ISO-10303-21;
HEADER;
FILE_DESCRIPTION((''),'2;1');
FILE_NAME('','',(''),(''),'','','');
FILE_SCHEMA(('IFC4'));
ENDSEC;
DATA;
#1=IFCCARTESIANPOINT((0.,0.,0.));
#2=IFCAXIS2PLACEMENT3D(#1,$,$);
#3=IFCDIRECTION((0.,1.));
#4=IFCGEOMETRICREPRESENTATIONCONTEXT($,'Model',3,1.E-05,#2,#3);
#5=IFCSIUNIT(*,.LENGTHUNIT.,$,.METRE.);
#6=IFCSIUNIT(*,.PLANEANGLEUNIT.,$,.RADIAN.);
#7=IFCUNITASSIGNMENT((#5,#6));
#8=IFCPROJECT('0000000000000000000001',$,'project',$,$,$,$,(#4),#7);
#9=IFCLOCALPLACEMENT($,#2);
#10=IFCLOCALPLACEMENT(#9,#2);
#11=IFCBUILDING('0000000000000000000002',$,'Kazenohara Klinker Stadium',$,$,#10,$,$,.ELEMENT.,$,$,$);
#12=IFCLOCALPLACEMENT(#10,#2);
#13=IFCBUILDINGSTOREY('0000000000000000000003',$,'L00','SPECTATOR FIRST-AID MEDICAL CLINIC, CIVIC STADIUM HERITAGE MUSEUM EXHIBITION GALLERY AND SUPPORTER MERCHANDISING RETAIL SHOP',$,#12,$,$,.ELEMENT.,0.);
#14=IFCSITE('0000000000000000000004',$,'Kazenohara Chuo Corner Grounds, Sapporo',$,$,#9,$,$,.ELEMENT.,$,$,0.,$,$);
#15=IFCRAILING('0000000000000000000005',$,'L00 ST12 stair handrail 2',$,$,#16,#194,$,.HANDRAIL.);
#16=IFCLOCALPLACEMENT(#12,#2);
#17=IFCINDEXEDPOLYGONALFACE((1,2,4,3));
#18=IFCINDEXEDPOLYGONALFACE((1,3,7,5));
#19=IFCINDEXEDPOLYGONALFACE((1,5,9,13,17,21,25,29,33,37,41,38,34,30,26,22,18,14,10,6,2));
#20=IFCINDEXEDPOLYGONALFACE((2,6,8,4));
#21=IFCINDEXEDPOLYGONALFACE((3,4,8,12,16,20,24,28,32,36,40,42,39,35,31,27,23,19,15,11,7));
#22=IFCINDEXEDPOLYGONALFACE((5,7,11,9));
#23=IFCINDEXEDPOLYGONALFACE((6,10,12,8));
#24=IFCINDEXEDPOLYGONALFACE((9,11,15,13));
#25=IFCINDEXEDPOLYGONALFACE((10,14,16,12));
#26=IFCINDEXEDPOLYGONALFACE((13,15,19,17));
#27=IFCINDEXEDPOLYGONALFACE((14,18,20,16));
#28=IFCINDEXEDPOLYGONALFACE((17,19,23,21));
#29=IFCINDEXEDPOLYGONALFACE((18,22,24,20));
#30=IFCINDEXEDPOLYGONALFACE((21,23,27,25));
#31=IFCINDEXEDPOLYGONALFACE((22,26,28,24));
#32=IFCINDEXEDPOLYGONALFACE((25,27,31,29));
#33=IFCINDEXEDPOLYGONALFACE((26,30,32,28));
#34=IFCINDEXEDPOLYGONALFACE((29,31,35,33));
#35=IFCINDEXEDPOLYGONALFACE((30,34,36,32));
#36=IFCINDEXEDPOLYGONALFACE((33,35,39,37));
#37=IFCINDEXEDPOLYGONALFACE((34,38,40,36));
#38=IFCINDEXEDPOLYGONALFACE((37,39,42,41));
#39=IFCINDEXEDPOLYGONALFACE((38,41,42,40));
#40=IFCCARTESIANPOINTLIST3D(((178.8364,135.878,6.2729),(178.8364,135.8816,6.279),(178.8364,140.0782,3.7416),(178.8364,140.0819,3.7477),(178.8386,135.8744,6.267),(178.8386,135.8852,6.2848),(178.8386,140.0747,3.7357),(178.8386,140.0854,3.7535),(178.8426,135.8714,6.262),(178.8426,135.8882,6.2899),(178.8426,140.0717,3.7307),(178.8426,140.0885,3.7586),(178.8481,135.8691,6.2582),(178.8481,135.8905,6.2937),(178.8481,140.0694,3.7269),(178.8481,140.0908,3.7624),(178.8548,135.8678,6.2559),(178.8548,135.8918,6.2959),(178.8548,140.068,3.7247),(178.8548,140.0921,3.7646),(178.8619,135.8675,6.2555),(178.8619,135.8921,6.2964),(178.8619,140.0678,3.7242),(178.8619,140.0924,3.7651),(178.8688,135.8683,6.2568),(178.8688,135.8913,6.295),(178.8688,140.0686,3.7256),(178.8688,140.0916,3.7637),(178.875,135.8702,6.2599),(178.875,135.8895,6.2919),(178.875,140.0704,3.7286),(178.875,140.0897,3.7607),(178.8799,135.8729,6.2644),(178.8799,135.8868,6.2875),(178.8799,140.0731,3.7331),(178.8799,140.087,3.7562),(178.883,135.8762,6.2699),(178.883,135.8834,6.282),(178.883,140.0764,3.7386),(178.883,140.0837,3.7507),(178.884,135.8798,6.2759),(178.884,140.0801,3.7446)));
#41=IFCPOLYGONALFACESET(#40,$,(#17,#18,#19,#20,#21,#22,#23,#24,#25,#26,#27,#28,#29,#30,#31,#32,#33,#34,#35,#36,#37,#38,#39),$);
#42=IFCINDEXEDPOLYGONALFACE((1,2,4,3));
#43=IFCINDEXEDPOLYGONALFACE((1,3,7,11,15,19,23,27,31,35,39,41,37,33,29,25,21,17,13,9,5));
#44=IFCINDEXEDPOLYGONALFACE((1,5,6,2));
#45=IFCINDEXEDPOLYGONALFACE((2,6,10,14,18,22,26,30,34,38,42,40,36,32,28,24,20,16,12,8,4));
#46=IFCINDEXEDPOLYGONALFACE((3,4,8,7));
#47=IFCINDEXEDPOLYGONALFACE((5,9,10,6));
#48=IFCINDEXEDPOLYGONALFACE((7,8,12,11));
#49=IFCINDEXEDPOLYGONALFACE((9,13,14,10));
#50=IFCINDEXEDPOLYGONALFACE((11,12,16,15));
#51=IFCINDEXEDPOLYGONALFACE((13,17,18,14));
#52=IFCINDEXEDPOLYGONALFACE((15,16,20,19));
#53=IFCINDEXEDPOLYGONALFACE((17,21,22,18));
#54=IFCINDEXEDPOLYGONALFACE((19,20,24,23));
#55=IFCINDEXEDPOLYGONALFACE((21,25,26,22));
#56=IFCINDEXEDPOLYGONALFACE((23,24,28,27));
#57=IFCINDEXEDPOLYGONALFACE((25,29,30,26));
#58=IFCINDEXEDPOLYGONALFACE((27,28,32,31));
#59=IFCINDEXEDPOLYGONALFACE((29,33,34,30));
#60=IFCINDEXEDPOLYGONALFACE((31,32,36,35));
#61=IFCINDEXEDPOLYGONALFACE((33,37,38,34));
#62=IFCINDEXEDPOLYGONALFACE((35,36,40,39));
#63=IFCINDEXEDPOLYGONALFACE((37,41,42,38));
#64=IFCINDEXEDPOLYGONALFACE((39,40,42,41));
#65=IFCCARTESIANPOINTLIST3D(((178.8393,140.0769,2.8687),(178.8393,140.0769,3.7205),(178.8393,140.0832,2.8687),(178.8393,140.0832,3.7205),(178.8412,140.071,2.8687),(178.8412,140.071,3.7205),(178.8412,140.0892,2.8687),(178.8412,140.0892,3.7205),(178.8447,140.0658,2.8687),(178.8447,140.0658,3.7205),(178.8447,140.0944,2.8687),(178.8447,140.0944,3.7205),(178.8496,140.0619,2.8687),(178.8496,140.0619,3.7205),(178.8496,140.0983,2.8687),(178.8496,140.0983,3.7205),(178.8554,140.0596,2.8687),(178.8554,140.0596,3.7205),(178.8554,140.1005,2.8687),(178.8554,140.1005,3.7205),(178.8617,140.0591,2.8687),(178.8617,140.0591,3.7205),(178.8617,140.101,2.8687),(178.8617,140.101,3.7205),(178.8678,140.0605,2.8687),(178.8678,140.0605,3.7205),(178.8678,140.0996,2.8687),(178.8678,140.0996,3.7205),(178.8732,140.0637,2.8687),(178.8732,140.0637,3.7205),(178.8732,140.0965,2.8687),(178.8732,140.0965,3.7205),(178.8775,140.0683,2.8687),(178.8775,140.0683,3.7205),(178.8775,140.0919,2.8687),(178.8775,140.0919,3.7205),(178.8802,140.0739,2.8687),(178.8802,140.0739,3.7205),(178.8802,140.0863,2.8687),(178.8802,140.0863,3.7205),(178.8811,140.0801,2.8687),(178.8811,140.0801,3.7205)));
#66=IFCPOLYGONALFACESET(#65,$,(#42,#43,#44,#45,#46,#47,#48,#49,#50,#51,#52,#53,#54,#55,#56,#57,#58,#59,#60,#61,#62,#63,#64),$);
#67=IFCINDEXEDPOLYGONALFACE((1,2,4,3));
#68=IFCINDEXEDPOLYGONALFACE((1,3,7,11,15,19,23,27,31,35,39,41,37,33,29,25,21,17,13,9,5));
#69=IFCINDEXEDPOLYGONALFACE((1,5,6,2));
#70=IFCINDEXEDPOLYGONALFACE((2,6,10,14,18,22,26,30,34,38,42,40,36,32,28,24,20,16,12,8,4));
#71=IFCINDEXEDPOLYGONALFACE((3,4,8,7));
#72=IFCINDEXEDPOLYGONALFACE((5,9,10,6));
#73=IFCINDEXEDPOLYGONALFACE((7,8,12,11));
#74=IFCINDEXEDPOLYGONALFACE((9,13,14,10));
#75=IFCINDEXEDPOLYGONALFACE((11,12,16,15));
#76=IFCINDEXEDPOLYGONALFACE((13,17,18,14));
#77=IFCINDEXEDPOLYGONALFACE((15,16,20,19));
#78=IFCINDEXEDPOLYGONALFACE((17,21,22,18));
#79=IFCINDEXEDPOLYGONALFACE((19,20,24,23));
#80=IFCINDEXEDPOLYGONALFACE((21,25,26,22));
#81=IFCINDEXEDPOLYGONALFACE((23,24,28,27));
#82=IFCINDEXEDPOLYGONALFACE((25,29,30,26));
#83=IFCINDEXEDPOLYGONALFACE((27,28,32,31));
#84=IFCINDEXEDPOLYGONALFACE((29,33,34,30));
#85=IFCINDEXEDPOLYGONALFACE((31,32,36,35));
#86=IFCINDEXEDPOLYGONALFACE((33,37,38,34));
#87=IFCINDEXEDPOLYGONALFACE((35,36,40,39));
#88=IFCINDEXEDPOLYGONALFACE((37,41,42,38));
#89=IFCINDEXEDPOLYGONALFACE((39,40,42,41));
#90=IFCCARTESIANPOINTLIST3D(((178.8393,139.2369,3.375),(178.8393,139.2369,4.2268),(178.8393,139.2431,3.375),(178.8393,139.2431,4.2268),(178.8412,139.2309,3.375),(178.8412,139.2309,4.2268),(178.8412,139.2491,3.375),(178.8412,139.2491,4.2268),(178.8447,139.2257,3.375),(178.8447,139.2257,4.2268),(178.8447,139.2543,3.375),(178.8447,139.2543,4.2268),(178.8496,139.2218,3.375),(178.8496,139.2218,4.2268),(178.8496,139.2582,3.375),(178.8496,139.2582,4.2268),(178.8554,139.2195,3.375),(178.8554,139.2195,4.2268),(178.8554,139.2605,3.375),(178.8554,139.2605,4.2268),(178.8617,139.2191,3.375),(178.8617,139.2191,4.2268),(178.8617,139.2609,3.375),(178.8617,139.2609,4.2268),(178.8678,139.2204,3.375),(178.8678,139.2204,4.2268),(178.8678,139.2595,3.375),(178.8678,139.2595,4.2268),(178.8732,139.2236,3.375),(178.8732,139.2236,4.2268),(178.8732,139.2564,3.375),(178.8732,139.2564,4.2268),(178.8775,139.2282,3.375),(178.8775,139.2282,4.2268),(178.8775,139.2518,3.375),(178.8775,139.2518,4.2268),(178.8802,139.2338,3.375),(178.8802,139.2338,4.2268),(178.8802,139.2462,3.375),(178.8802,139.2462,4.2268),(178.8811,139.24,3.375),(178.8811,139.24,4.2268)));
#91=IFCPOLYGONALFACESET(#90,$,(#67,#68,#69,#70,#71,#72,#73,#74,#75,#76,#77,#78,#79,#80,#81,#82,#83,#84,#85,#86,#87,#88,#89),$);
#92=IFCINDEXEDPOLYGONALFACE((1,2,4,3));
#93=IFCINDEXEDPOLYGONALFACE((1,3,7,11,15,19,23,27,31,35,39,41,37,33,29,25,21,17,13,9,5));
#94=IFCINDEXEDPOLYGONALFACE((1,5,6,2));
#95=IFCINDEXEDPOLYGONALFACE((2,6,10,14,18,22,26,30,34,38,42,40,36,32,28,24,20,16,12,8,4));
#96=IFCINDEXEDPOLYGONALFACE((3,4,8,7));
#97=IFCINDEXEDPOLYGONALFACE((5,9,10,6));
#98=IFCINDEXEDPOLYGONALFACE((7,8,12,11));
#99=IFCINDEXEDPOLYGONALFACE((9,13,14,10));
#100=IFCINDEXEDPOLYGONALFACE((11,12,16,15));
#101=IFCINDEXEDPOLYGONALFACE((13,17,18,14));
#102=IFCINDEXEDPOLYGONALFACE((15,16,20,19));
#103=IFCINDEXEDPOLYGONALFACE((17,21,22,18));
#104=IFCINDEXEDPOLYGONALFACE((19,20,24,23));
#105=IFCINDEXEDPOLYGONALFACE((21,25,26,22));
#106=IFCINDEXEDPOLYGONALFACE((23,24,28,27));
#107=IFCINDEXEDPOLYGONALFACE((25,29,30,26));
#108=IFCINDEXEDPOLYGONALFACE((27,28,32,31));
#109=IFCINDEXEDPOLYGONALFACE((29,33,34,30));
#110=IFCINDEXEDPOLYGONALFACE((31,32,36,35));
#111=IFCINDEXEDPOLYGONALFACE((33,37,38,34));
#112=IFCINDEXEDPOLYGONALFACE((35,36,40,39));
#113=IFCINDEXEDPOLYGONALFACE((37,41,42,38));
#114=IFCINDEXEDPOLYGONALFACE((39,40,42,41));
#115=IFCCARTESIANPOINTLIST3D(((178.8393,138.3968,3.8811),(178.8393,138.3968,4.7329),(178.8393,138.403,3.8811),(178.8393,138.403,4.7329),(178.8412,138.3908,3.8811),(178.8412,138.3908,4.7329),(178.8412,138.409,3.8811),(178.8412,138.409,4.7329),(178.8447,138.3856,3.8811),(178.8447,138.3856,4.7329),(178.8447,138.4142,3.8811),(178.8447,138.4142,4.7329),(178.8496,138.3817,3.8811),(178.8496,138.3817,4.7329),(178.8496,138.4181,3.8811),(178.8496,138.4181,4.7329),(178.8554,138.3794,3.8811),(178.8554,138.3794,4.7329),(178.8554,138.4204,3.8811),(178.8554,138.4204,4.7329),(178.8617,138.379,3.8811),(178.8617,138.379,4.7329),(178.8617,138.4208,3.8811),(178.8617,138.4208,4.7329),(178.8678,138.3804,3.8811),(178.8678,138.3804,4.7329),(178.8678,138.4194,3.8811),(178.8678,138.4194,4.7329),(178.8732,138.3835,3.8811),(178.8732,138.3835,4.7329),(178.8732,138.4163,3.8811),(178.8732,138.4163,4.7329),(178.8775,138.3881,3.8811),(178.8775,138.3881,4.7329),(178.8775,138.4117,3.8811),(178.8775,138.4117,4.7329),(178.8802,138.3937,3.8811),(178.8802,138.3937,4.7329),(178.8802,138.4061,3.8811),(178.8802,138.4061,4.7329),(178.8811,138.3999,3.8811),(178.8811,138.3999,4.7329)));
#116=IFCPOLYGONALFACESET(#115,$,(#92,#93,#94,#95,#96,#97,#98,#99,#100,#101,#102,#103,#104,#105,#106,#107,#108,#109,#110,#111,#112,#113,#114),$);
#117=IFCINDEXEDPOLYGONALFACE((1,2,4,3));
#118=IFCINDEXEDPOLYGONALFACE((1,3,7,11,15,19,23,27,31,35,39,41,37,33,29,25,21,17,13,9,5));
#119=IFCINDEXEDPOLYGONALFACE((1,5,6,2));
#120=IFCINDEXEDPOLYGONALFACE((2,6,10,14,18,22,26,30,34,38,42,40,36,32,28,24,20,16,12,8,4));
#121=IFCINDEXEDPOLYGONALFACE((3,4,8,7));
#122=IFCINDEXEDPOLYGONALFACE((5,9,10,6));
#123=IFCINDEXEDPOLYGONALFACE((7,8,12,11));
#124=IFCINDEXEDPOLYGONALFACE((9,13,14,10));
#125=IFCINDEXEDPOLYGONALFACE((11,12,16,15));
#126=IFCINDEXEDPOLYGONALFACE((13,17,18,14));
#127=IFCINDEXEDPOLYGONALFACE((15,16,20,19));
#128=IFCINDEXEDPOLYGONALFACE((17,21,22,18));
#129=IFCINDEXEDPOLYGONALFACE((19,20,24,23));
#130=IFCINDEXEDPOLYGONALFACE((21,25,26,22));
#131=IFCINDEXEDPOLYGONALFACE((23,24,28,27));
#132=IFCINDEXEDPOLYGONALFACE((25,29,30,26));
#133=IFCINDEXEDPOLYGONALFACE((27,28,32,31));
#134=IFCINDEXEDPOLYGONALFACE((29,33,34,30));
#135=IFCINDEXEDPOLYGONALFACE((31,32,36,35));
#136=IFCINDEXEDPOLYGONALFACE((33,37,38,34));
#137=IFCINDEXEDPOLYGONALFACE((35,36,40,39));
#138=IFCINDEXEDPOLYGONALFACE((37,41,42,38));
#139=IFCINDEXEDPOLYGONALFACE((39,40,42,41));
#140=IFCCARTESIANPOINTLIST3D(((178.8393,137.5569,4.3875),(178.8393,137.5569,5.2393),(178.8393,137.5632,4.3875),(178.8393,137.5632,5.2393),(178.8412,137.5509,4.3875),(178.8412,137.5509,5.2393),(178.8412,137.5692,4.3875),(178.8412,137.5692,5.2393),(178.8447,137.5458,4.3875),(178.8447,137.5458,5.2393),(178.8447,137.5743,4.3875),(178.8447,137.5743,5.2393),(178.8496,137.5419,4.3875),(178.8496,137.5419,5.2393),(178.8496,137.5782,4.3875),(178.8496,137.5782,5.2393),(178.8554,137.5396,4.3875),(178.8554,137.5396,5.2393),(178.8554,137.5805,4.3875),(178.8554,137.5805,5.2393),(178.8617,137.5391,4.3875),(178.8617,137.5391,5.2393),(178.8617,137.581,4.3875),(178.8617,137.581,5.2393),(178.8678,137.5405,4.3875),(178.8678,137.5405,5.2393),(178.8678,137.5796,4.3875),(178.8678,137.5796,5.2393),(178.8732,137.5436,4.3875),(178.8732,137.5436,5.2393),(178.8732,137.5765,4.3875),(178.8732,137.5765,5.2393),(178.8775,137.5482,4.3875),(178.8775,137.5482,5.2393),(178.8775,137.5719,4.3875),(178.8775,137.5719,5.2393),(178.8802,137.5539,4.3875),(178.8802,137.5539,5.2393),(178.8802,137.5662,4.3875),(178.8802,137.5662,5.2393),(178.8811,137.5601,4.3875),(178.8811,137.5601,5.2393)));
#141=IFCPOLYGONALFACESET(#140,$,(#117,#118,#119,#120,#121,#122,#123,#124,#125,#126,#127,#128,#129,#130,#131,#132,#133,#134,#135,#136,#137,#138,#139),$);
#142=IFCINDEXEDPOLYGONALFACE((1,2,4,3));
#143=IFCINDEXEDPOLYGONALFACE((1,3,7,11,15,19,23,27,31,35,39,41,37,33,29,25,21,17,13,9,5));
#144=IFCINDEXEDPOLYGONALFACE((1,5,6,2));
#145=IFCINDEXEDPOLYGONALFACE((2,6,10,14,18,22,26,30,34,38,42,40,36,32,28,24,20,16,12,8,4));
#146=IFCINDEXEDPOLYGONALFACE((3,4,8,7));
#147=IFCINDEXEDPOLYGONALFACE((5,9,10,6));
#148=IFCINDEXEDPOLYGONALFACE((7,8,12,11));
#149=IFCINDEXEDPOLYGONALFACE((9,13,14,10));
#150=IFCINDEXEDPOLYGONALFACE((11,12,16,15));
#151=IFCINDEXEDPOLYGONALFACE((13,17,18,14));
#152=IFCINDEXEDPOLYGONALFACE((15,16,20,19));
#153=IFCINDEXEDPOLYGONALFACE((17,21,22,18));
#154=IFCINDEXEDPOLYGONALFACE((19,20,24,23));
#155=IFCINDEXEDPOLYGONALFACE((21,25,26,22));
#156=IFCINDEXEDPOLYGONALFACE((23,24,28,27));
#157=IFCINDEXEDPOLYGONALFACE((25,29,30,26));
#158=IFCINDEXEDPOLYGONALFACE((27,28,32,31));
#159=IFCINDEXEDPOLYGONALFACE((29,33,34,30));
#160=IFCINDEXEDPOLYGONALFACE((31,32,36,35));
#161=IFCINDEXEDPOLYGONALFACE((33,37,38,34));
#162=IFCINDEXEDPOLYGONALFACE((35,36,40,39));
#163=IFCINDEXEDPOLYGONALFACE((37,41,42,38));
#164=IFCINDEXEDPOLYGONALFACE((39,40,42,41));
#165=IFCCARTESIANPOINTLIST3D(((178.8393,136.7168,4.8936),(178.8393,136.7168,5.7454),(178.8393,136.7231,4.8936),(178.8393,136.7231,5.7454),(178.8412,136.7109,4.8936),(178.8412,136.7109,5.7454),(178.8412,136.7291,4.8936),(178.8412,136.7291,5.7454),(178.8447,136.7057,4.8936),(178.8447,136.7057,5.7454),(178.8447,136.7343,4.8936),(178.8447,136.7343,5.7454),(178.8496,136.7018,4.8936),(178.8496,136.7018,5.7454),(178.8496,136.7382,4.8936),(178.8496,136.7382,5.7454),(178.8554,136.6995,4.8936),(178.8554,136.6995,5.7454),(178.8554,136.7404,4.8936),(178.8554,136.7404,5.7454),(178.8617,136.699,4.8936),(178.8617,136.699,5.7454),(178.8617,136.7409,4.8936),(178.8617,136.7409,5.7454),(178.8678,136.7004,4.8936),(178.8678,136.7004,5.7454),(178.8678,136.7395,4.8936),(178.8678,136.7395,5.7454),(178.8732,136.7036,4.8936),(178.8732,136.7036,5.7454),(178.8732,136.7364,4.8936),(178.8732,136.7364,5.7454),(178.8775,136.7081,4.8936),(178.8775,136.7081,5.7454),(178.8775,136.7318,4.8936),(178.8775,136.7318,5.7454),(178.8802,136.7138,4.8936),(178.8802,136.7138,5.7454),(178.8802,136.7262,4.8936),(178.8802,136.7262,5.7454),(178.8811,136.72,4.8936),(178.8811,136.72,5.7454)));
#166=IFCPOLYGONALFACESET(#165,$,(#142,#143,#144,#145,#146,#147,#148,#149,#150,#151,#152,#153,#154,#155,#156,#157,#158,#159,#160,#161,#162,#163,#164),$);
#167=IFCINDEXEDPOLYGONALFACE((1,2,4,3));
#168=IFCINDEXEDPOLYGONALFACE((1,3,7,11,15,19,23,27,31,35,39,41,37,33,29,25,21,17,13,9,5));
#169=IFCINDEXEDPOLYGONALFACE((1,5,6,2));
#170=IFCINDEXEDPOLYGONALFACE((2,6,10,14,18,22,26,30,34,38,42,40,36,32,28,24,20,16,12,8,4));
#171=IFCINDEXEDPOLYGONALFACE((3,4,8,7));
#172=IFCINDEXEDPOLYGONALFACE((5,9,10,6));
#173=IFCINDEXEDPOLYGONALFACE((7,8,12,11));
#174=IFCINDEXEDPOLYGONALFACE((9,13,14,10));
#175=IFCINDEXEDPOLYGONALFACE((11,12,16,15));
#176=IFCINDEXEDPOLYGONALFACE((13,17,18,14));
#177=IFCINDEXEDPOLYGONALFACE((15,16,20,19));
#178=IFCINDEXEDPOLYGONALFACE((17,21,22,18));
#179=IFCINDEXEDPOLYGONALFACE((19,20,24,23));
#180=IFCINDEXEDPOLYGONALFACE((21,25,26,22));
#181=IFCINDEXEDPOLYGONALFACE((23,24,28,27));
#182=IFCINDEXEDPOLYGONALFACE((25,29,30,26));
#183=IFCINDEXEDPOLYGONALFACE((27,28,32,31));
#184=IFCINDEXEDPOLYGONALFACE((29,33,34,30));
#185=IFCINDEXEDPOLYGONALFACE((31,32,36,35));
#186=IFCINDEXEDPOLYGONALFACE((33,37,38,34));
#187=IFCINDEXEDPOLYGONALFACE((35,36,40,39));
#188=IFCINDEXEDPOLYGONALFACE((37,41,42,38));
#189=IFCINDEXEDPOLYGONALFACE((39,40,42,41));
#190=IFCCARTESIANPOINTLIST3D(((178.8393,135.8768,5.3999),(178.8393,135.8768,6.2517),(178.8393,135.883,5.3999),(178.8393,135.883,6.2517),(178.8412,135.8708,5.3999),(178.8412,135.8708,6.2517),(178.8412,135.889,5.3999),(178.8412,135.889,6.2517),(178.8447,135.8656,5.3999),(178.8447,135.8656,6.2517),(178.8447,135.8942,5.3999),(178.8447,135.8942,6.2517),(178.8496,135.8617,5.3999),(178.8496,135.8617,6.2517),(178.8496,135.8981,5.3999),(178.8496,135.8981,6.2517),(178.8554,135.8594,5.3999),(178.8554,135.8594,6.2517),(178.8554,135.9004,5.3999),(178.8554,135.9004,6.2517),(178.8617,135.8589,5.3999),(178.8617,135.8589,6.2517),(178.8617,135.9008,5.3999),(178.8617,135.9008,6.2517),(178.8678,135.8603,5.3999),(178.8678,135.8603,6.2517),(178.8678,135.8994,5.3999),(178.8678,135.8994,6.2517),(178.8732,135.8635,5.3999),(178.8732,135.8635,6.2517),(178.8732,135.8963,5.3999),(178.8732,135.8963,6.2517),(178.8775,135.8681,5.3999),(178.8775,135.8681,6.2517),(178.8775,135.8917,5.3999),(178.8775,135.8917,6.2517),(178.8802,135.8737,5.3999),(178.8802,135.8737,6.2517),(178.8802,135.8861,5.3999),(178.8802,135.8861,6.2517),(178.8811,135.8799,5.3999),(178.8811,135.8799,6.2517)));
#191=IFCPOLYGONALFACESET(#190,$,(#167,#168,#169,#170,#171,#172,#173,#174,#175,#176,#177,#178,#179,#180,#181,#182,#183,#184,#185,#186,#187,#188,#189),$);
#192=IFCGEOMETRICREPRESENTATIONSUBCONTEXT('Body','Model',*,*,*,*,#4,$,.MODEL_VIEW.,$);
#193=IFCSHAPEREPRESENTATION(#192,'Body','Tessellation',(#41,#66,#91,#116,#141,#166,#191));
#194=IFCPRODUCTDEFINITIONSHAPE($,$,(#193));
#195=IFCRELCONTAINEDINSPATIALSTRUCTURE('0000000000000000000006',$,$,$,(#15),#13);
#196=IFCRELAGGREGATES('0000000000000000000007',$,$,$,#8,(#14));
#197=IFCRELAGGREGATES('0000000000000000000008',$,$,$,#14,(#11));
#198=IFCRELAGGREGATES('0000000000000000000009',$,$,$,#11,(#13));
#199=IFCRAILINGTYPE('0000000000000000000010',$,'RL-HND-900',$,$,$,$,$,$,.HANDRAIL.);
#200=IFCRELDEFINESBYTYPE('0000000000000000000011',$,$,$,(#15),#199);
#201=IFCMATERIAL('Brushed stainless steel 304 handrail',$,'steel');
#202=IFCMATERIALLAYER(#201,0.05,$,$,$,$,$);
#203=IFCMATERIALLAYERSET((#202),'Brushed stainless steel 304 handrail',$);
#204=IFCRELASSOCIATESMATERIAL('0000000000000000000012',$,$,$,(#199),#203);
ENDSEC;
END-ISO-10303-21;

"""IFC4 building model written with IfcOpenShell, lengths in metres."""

from ifc_helpers import new_model, si_unit, direction, frame, origin, origin_2d, place, context, subcontext, project, spatial, circle, extrude, material, layer, layer_set, type_object, element, save


model = new_model("IFC4")

# Units and contexts
model_context = context("Model", 3, precision=1e-05, world=origin(), true_north=direction((0.0, 1.0)))
body_context = subcontext(model_context, "Body", "Model", "MODEL_VIEW")
ifc_project = project(units=[si_unit("LENGTHUNIT", "METRE"), si_unit("PLANEANGLEUNIT", "RADIAN")], contexts=[model_context])

# Site, building, storey
site_placement = place(None, origin())
site = spatial("IfcSite", under=ifc_project, at=site_placement, Name="Kazenohara Chuo Corner Grounds, Sapporo", CompositionType="ELEMENT", RefElevation=0.0)
building_placement = place(site_placement, origin())
building = spatial("IfcBuilding", under=site, at=building_placement, Name="Kazenohara Klinker Stadium", CompositionType="ELEMENT")
storey_placement = place(building_placement, origin())
storey = spatial("IfcBuildingStorey", under=building, at=storey_placement, Name="L00", Description="SPECTATOR FIRST-AID MEDICAL CLINIC, CIVIC STADIUM HERITAGE MUSEUM EXHIBITION GALLERY AND SUPPORTER MERCHANDISING RETAIL SHOP", CompositionType="ELEMENT", Elevation=0.0)

# Railing
ifc_material_1 = material(Name="Brushed stainless steel 304 handrail", Category="steel")
ifc_layer_1 = layer(ifc_material_1, 0.05)
ifc_layer_set_1 = layer_set([ifc_layer_1], Name="Brushed stainless steel 304 handrail")
railing_type_1 = type_object("IfcRailingType", Name="RL-HND-900", PredefinedType="HANDRAIL", material=ifc_layer_set_1)
railing_1_placement = place(storey_placement, frame((178.8601, 140.0801, 2.8687)))
element("IfcRailing", 1, at=railing_1_placement, inside=storey, type_object=railing_type_1, Name="L00 ST12 stair handrail 2", PredefinedType="HANDRAIL", context=body_context, shape_type="SweptSolid", body=[
    extrude(circle(Radius=0.0239, at=origin_2d()), frame((0.0, 0.0, 0.876), z_axis=(0.0, -0.85649, 0.516164), x_axis=(1.0, 0.0, 0.0)), (0.0, 0.0, 1.0), 4.9041),
    extrude(circle(Radius=0.021, at=origin_2d()), origin(), (0.0, 0.0, 1.0), 0.8518),
    extrude(circle(Radius=0.021, at=origin_2d()), frame((0.0, -0.8401, 0.5063)), (0.0, 0.0, 1.0), 0.8518),
    extrude(circle(Radius=0.021, at=origin_2d()), frame((0.0, -1.6802, 1.0125)), (0.0, 0.0, 1.0), 0.8518),
    extrude(circle(Radius=0.021, at=origin_2d()), frame((0.0, -2.52, 1.5188)), (0.0, 0.0, 1.0), 0.8518),
    extrude(circle(Radius=0.021, at=origin_2d()), frame((0.0, -3.3601, 2.0249)), (0.0, 0.0, 1.0), 0.8518),
    extrude(circle(Radius=0.021, at=origin_2d()), frame((0.0, -4.2002, 2.5312)), (0.0, 0.0, 1.0), 0.8518),
])

save(model, "model.ifc")
